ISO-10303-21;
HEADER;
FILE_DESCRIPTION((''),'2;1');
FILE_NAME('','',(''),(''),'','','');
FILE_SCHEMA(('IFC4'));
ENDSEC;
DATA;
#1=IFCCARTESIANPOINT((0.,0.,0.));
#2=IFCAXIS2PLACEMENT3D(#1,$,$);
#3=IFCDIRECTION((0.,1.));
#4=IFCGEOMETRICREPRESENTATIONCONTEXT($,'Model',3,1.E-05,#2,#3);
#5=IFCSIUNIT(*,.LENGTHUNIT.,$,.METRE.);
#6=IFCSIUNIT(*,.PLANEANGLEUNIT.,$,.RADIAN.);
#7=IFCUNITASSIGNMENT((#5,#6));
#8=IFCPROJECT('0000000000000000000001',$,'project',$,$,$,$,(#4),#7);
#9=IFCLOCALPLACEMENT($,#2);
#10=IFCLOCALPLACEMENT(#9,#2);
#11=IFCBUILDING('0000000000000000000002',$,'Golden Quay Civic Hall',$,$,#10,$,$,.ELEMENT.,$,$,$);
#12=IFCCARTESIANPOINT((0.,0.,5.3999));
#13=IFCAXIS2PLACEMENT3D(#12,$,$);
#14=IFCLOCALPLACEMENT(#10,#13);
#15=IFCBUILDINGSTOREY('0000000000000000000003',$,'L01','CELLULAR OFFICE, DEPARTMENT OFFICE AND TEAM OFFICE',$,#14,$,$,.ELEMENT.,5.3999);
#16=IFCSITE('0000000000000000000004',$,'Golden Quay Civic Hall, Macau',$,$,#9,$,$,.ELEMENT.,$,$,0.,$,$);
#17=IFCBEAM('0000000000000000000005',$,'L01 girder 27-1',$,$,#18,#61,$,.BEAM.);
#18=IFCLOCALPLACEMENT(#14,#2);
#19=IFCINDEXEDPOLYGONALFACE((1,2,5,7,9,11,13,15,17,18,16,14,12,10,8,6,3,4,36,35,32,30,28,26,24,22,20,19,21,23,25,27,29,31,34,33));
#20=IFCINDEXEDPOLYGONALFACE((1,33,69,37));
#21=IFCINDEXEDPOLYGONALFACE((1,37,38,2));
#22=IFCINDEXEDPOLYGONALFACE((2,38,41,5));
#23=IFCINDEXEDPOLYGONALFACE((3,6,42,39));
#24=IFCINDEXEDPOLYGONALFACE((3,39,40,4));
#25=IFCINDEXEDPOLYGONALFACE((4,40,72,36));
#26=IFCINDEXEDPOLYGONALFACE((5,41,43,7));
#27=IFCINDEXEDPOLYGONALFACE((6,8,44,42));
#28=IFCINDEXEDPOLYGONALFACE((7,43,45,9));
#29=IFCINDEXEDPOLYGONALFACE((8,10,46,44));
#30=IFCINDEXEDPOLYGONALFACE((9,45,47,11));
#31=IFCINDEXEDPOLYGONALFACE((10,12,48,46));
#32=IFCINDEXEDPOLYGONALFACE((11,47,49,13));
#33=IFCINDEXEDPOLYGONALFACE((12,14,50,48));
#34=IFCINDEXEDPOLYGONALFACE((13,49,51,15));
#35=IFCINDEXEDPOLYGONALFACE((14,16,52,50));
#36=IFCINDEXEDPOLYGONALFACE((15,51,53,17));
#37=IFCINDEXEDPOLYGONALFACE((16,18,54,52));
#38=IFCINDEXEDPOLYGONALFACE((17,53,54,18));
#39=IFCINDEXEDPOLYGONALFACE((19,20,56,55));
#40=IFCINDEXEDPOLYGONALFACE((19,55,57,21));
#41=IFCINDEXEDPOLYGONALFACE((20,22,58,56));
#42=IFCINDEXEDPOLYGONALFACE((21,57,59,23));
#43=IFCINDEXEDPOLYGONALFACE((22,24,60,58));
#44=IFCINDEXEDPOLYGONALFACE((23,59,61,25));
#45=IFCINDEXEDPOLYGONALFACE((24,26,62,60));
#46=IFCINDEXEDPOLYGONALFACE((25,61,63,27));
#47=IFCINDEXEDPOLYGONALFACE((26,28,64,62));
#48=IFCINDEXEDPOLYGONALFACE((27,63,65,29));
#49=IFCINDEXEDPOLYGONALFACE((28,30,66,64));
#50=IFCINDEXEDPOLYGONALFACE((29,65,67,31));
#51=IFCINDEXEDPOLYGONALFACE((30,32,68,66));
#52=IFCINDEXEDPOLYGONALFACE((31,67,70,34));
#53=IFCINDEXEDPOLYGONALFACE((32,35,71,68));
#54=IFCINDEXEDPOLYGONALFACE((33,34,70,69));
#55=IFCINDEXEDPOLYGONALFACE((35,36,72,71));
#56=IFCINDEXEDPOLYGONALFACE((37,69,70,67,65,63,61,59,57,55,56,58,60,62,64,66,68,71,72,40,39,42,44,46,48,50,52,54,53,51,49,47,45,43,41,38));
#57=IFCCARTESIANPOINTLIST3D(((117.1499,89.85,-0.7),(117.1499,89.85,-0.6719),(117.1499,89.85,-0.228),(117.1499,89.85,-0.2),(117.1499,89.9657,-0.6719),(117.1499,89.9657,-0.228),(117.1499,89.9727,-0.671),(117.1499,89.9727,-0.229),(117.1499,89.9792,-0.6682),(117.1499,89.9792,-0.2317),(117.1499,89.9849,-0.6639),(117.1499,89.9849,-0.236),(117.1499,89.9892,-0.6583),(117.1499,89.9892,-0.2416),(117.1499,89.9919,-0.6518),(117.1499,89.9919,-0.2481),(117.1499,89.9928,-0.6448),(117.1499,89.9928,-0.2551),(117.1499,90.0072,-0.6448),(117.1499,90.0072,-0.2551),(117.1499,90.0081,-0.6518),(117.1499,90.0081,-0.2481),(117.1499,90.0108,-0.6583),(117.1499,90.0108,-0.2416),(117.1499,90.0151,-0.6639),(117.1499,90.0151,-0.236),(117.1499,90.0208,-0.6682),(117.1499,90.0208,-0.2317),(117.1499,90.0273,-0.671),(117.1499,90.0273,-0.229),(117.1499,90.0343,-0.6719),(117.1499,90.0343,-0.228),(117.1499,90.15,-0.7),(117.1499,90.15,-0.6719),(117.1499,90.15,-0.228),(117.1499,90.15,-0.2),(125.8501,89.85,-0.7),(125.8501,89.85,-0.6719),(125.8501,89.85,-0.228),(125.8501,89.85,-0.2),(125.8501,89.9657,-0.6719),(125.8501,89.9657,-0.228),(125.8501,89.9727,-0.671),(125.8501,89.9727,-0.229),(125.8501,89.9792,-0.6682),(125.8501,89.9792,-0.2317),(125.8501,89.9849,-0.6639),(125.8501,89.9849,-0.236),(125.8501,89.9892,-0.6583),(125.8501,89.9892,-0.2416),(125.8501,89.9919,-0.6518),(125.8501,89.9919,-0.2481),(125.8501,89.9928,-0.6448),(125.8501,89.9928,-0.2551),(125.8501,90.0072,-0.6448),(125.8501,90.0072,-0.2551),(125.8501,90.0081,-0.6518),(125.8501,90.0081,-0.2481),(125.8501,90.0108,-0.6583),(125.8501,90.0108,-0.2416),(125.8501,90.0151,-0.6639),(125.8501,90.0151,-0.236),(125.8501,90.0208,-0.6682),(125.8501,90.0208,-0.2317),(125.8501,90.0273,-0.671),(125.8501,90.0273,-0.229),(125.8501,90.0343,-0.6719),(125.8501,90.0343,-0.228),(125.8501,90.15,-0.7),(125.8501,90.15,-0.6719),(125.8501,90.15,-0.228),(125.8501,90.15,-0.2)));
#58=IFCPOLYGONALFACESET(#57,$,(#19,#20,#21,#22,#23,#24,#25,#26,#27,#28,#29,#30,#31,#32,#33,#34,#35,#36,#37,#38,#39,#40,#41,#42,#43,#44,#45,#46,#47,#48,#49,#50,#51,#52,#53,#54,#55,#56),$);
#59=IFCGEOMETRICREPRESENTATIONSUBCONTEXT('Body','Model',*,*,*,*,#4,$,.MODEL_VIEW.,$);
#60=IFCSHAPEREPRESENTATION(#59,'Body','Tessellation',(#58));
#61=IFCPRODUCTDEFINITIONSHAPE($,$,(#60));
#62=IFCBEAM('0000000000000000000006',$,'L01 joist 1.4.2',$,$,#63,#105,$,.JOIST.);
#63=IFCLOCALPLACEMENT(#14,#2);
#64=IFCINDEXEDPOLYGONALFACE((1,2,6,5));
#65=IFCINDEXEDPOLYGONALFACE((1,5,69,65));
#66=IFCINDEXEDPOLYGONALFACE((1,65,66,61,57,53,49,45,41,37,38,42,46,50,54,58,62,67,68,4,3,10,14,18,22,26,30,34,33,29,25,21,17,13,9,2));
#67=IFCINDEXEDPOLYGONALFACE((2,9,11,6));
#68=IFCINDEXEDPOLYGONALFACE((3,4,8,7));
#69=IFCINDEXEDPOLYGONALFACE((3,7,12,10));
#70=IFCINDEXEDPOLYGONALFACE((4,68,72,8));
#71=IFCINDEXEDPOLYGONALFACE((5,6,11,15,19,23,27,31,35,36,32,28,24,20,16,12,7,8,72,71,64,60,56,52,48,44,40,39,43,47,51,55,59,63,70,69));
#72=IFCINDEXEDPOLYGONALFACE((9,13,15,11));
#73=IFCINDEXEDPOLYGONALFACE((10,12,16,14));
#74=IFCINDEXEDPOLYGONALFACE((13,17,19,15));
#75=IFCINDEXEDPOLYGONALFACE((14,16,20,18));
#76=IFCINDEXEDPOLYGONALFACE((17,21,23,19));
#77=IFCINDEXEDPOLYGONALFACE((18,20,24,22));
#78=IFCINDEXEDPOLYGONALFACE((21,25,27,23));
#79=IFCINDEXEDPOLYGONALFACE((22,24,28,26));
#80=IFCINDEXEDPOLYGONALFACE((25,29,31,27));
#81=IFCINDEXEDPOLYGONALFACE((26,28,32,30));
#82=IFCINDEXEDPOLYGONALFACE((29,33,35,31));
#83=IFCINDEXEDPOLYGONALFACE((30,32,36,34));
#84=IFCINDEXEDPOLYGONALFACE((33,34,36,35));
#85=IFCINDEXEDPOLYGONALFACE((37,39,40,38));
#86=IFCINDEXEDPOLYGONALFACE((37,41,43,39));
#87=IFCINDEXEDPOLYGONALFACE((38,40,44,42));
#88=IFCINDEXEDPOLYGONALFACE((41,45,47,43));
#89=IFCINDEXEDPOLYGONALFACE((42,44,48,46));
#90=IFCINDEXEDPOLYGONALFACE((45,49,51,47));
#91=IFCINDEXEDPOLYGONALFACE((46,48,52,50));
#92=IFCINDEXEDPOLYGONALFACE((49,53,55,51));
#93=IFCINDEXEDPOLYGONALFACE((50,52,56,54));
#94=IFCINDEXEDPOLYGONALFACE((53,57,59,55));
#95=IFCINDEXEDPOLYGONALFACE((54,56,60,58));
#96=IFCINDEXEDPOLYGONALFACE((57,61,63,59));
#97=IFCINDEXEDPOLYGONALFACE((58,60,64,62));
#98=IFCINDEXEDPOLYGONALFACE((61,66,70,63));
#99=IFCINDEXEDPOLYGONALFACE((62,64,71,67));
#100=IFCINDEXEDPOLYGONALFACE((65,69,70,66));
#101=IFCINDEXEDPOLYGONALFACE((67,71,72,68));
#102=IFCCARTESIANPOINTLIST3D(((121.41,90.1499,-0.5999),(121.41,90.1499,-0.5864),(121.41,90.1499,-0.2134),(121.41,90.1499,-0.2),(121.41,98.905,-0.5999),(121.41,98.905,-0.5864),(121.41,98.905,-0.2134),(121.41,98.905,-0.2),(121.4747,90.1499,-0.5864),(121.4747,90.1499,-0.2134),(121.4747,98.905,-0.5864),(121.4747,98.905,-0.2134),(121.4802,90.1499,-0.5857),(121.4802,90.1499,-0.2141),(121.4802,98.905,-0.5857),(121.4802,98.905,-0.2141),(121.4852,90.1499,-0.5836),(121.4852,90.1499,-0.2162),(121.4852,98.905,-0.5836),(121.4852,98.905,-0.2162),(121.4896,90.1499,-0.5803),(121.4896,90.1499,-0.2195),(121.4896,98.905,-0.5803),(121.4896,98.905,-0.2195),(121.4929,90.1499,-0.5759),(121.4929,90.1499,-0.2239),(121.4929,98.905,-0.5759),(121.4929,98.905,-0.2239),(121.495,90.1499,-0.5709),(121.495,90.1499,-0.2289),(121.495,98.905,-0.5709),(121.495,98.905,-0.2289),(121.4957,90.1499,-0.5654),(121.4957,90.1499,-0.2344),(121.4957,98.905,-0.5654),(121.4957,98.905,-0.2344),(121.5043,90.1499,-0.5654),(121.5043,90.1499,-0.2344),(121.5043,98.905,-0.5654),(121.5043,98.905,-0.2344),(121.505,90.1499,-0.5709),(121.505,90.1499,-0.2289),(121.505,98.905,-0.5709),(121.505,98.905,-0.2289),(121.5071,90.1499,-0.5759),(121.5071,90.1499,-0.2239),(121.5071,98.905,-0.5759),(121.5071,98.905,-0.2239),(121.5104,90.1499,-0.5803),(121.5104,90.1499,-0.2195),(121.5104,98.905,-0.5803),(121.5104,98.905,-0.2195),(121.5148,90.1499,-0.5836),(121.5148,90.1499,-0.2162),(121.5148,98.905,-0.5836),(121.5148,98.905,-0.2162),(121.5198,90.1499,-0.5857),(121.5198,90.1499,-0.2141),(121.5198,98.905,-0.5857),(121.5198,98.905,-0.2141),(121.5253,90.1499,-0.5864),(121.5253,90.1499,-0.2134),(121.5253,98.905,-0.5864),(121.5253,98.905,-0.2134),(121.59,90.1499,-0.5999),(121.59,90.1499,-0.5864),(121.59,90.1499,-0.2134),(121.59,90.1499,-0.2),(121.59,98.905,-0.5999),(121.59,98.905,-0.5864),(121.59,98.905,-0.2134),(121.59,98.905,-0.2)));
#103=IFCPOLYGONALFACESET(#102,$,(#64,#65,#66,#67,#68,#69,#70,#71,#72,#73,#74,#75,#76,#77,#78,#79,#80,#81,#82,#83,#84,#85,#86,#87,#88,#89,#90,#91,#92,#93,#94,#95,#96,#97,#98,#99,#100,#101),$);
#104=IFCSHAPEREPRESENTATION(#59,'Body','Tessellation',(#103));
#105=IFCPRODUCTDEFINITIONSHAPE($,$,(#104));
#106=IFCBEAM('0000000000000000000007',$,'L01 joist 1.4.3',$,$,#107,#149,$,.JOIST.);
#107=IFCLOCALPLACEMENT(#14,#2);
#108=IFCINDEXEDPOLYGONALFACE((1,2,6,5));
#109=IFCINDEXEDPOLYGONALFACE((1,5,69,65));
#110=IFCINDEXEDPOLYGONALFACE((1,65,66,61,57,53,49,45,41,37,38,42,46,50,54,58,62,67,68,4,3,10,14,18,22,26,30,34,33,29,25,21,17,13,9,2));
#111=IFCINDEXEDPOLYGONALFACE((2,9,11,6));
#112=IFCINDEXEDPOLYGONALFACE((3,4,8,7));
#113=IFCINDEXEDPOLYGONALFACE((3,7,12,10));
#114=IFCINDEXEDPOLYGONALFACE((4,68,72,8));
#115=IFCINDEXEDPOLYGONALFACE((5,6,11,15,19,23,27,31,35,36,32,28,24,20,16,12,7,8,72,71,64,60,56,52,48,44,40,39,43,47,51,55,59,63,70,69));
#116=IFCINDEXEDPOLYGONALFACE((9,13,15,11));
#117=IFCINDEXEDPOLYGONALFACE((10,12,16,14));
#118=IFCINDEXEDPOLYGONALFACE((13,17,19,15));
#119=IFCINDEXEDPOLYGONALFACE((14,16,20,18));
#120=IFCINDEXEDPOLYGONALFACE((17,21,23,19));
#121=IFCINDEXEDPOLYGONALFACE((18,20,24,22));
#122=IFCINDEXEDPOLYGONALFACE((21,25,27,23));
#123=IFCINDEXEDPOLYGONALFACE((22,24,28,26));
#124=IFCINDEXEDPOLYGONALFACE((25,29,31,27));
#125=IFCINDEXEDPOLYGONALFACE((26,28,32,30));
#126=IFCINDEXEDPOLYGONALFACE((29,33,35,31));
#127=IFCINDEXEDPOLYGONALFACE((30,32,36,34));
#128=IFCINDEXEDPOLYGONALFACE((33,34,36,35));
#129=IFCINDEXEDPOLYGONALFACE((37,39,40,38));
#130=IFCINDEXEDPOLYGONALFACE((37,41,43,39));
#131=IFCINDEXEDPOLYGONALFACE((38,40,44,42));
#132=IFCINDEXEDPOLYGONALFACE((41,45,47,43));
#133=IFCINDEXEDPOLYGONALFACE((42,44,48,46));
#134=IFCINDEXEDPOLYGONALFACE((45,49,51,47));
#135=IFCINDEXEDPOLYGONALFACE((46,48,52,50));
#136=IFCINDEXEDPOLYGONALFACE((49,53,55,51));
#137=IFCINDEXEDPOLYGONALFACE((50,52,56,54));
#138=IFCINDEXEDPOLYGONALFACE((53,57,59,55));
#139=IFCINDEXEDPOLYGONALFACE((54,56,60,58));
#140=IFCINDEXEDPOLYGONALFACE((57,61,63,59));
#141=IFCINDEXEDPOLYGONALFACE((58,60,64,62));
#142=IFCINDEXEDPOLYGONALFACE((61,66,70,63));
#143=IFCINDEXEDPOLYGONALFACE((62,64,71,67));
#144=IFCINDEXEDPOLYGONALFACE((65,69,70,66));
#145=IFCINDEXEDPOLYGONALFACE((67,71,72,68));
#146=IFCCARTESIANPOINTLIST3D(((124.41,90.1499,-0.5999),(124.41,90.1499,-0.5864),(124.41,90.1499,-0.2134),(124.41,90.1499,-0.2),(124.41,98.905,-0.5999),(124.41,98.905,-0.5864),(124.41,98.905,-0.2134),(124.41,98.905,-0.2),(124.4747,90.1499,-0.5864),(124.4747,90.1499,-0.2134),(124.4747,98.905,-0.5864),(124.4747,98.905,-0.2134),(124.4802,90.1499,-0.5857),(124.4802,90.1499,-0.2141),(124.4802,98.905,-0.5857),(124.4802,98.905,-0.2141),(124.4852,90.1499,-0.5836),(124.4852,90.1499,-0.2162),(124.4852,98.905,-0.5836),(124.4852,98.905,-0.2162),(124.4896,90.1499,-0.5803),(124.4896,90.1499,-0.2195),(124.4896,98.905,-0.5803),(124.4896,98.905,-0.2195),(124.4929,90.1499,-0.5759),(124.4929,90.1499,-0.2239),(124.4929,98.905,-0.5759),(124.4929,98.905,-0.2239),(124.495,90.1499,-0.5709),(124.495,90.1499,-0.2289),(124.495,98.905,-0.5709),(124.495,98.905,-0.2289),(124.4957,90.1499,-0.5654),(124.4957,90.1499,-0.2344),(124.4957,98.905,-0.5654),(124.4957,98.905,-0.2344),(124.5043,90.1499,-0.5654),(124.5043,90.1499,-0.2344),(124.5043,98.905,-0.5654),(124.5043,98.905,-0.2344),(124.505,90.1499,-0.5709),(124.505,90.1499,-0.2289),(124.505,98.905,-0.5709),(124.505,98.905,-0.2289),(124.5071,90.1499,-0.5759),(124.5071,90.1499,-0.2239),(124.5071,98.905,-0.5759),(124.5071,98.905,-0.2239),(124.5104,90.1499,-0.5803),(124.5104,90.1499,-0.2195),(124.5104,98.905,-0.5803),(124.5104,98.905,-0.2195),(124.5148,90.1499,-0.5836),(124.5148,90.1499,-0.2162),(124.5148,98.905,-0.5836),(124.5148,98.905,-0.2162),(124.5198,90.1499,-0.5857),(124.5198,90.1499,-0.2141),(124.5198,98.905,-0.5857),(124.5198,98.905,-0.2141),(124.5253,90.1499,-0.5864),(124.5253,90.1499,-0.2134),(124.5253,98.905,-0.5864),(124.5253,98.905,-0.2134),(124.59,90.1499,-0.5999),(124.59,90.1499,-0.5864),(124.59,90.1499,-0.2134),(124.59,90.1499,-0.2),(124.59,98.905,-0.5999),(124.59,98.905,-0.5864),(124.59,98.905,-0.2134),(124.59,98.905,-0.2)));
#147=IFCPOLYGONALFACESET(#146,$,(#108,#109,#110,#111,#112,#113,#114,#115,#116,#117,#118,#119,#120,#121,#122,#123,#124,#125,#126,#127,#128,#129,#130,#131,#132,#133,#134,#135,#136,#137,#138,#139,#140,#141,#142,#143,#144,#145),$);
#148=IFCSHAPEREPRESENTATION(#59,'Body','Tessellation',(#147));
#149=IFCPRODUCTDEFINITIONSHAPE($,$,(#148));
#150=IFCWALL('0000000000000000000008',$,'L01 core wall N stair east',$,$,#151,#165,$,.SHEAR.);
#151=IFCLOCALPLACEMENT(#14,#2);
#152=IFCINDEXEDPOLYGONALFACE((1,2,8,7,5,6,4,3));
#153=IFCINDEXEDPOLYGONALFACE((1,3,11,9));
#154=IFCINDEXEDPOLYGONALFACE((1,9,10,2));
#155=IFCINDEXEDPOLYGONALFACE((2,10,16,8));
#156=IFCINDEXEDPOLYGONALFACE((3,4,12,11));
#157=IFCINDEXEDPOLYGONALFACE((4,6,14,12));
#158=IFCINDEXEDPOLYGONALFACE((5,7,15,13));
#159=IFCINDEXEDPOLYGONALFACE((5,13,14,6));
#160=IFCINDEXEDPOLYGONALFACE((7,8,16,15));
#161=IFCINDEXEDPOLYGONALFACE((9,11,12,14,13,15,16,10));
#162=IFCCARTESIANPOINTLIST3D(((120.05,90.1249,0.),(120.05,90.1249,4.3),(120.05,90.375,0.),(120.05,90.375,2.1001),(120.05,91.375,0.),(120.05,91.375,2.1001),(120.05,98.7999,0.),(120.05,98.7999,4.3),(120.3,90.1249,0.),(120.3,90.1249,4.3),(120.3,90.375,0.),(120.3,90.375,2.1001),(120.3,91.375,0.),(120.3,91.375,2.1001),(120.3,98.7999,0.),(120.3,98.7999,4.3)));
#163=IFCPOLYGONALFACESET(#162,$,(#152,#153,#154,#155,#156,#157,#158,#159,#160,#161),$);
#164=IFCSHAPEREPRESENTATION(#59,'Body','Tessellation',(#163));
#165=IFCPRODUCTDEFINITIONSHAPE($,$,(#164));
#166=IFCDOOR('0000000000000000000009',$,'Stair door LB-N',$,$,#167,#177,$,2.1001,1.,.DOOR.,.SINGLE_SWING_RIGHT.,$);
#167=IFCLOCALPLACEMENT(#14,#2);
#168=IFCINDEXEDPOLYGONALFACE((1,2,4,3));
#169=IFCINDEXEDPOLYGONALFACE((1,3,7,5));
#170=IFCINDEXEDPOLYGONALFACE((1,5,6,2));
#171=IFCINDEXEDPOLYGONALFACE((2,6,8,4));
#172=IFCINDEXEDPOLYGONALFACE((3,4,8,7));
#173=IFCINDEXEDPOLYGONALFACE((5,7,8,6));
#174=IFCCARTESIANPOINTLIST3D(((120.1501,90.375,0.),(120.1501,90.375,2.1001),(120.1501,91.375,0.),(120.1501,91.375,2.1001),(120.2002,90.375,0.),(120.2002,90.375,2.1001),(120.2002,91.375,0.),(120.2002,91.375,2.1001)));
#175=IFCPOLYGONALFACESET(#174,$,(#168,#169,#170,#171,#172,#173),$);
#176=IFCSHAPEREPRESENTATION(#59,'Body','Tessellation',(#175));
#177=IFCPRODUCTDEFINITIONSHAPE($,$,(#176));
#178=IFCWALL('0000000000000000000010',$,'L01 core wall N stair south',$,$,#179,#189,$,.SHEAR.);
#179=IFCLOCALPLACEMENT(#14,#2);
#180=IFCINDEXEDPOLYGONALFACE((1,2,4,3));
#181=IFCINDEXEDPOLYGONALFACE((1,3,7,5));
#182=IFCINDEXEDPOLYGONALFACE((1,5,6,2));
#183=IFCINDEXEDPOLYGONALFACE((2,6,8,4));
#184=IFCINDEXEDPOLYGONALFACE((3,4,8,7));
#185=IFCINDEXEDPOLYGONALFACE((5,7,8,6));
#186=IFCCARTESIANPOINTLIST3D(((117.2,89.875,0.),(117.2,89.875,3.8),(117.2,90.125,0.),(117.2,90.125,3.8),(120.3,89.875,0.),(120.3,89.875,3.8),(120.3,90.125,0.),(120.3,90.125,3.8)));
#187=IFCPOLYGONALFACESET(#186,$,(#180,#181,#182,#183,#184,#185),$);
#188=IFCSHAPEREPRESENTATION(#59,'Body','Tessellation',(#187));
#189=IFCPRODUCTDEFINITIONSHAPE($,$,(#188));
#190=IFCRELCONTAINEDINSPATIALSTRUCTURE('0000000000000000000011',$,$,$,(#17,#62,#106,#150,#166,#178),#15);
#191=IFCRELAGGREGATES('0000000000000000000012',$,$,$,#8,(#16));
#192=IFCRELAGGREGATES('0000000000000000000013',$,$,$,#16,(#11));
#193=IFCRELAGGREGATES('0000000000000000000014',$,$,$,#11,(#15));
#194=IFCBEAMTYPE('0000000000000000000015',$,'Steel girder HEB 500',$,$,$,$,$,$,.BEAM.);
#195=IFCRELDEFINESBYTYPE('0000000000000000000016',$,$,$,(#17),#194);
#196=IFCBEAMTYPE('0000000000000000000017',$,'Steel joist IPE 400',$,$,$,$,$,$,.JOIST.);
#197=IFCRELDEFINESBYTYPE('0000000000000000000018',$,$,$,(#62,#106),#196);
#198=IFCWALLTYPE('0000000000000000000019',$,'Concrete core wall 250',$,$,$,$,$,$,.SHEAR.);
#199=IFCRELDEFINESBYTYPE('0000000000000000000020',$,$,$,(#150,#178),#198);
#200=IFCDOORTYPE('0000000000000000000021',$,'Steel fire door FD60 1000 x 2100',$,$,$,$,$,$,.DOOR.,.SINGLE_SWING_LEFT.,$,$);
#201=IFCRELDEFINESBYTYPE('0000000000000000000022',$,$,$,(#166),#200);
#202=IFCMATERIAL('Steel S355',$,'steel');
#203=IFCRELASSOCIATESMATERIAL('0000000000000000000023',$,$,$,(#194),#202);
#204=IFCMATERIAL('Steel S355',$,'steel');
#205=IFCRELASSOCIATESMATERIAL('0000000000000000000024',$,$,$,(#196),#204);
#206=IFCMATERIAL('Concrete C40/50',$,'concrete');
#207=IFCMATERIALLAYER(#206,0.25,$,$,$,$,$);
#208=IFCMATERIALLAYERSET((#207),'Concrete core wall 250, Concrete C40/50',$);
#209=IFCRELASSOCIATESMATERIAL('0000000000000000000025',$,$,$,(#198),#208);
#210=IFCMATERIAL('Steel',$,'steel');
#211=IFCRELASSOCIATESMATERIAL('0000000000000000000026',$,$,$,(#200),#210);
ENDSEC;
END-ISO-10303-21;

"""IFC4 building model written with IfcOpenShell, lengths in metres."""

from ifc_helpers import new_model, si_unit, direction, frame, frame_2d, origin, origin_2d, place, context, subcontext, project, spatial, rectangle, i_section, extrude, material, layer, layer_set, material_profile, profile_set, type_object, element, fill, save


model = new_model("IFC4")

# Units and contexts
model_context = context("Model", 3, precision=1e-05, world=origin(), true_north=direction((0.0, 1.0)))
body_context = subcontext(model_context, "Body", "Model", "MODEL_VIEW")
ifc_project = project(units=[si_unit("LENGTHUNIT", "METRE"), si_unit("PLANEANGLEUNIT", "RADIAN")], contexts=[model_context])

# Site, building, storey
site_placement = place(None, origin())
site = spatial("IfcSite", under=ifc_project, at=site_placement, Name="Golden Quay Civic Hall, Macau", CompositionType="ELEMENT", RefElevation=0.0)
building_placement = place(site_placement, origin())
building = spatial("IfcBuilding", under=site, at=building_placement, Name="Golden Quay Civic Hall", CompositionType="ELEMENT")
storey_placement = place(building_placement, frame((0.0, 0.0, 5.3999)))
storey = spatial("IfcBuildingStorey", under=building, at=storey_placement, Name="L01", Description="CELLULAR OFFICE, DEPARTMENT OFFICE AND TEAM OFFICE", CompositionType="ELEMENT", Elevation=5.3999)

# Beams
ifc_material_1 = material(Name="Steel S355", Category="steel")
ifc_material_profile_1 = material_profile(ifc_material_1, i_section(OverallWidth=0.3, OverallDepth=0.5, WebThickness=0.0144, FlangeThickness=0.0281, FilletRadius=0.0271, at=origin_2d()), Name="HEB 500")
ifc_profile_set_1 = profile_set([ifc_material_profile_1], Name="Steel S355")
beam_type_1 = type_object("IfcBeamType", Name="Steel girder HEB 500", PredefinedType="BEAM", material=ifc_profile_set_1)
beam_1_placement = place(storey_placement, frame((117.1499, 90.0, -0.45), z_axis=(1.0, 0.0, 0.0), x_axis=(0.0, 1.0, 0.0)))
element("IfcBeam", 1, at=beam_1_placement, inside=storey, type_object=beam_type_1, Name="L01 girder 27-1", PredefinedType="BEAM", context=body_context, shape_type="SweptSolid", body=[
    extrude(i_section(OverallWidth=0.3, OverallDepth=0.5, WebThickness=0.0144, FlangeThickness=0.0281, FilletRadius=0.0271, at=origin_2d()), origin(), (0.0, 0.0, 1.0), 8.7002),
])
ifc_material_2 = material(Name="Steel S355", Category="steel")
ifc_material_profile_2 = material_profile(ifc_material_2, i_section(OverallWidth=0.1799, OverallDepth=0.3999, WebThickness=0.0085, FlangeThickness=0.0134, FilletRadius=0.021, at=origin_2d()), Name="IPE 400")
ifc_profile_set_2 = profile_set([ifc_material_profile_2], Name="Steel S355")
beam_type_2 = type_object("IfcBeamType", Name="Steel joist IPE 400", PredefinedType="JOIST", material=ifc_profile_set_2)
for number, where, z_axis, x_axis, name in (
    (2, (121.5, 90.1499, -0.3999), (0.0, 1.0, 0.0), (-1.0, 0.0, 0.0), "L01 joist 1.4.2"),
    (3, (124.5, 90.1499, -0.3999), (0.0, 1.0, 0.0), (-1.0, 0.0, 0.0), "L01 joist 1.4.3"),
):
    element("IfcBeam", number, at=place(storey_placement, frame(where, z_axis=z_axis, x_axis=x_axis)), inside=storey, type_object=beam_type_2, Name=name, PredefinedType="JOIST", context=body_context, shape_type="SweptSolid", body=[
        extrude(i_section(OverallWidth=0.1799, OverallDepth=0.3999, WebThickness=0.0085, FlangeThickness=0.0134, FilletRadius=0.021, at=origin_2d()), origin(), (0.0, 0.0, 1.0), 8.7551),
    ])

# Wall, opening, door
ifc_material_3 = material(Name="Concrete C40/50", Category="concrete")
ifc_layer_1 = layer(ifc_material_3, 0.25)
ifc_layer_set_1 = layer_set([ifc_layer_1], Name="Concrete core wall 250, Concrete C40/50")
wall_type_1 = type_object("IfcWallType", Name="Concrete core wall 250", PredefinedType="SHEAR", material=ifc_layer_set_1)
wall_1_placement = place(storey_placement, frame((120.175, 90.125, 0.0), z_axis=(0.0, 0.0, 1.0), x_axis=(0.0, 1.0, 0.0)))
wall_1 = element("IfcWall", 4, at=wall_1_placement, inside=storey, type_object=wall_type_1, Name="L01 core wall N stair east", PredefinedType="SHEAR", context=body_context, shape_type="SweptSolid", body=[
    extrude(rectangle(XDim=8.675, YDim=0.25, at=frame_2d((4.3374, 0.0))), origin(), (0.0, 0.0, 1.0), 4.3),
])
opening_1_placement = place(wall_1_placement, frame((0.25, 0.0, 0.0)))
opening_1 = element("IfcOpeningElement", 5, at=opening_1_placement, cuts=wall_1, PredefinedType="OPENING", context=body_context, shape_type="SweptSolid", body=[
    extrude(rectangle(XDim=1.0, YDim=2.1001, at=frame_2d((0.5, 1.05))), frame((0.0, 0.135, 0.0), z_axis=(0.0, -1.0, 0.0), x_axis=(1.0, 0.0, 0.0)), (0.0, 0.0, 1.0), 0.27),
])
ifc_material_4 = material(Name="Steel", Category="steel")
door_type_1 = type_object("IfcDoorType", Name="Steel fire door FD60 1000 x 2100", OperationType="SINGLE_SWING_LEFT", PredefinedType="DOOR", material=ifc_material_4)
door_1_placement = place(opening_1_placement, frame((1.0, 0.0, 0.0), z_axis=(0.0, 0.0, 1.0), x_axis=(-1.0, 0.0, 0.0)))
door_1 = element("IfcDoor", 6, at=door_1_placement, inside=storey, type_object=door_type_1, Name="Stair door LB-N", OperationType="SINGLE_SWING_RIGHT", OverallHeight=2.1001, OverallWidth=1.0, PredefinedType="DOOR", context=body_context, shape_type="SweptSolid", body=[
    extrude(rectangle(XDim=1.0, YDim=2.1001, at=frame_2d((0.5, 1.05))), frame((0.0, 0.0251, 0.0), z_axis=(0.0, -1.0, 0.0), x_axis=(1.0, 0.0, 0.0)), (0.0, 0.0, 1.0), 0.05),
])
fill(opening_1, door_1)

# Wall
wall_2_placement = place(storey_placement, frame((117.2, 90.0, 0.0), z_axis=(0.0, 0.0, 1.0), x_axis=(1.0, 0.0, 0.0)))
element("IfcWall", 7, at=wall_2_placement, inside=storey, type_object=wall_type_1, Name="L01 core wall N stair south", PredefinedType="SHEAR", context=body_context, shape_type="SweptSolid", body=[
    extrude(rectangle(XDim=3.1001, YDim=0.25, at=frame_2d((1.55, 0.0))), origin(), (0.0, 0.0, 1.0), 3.8),
])

save(model, "model.ifc")
